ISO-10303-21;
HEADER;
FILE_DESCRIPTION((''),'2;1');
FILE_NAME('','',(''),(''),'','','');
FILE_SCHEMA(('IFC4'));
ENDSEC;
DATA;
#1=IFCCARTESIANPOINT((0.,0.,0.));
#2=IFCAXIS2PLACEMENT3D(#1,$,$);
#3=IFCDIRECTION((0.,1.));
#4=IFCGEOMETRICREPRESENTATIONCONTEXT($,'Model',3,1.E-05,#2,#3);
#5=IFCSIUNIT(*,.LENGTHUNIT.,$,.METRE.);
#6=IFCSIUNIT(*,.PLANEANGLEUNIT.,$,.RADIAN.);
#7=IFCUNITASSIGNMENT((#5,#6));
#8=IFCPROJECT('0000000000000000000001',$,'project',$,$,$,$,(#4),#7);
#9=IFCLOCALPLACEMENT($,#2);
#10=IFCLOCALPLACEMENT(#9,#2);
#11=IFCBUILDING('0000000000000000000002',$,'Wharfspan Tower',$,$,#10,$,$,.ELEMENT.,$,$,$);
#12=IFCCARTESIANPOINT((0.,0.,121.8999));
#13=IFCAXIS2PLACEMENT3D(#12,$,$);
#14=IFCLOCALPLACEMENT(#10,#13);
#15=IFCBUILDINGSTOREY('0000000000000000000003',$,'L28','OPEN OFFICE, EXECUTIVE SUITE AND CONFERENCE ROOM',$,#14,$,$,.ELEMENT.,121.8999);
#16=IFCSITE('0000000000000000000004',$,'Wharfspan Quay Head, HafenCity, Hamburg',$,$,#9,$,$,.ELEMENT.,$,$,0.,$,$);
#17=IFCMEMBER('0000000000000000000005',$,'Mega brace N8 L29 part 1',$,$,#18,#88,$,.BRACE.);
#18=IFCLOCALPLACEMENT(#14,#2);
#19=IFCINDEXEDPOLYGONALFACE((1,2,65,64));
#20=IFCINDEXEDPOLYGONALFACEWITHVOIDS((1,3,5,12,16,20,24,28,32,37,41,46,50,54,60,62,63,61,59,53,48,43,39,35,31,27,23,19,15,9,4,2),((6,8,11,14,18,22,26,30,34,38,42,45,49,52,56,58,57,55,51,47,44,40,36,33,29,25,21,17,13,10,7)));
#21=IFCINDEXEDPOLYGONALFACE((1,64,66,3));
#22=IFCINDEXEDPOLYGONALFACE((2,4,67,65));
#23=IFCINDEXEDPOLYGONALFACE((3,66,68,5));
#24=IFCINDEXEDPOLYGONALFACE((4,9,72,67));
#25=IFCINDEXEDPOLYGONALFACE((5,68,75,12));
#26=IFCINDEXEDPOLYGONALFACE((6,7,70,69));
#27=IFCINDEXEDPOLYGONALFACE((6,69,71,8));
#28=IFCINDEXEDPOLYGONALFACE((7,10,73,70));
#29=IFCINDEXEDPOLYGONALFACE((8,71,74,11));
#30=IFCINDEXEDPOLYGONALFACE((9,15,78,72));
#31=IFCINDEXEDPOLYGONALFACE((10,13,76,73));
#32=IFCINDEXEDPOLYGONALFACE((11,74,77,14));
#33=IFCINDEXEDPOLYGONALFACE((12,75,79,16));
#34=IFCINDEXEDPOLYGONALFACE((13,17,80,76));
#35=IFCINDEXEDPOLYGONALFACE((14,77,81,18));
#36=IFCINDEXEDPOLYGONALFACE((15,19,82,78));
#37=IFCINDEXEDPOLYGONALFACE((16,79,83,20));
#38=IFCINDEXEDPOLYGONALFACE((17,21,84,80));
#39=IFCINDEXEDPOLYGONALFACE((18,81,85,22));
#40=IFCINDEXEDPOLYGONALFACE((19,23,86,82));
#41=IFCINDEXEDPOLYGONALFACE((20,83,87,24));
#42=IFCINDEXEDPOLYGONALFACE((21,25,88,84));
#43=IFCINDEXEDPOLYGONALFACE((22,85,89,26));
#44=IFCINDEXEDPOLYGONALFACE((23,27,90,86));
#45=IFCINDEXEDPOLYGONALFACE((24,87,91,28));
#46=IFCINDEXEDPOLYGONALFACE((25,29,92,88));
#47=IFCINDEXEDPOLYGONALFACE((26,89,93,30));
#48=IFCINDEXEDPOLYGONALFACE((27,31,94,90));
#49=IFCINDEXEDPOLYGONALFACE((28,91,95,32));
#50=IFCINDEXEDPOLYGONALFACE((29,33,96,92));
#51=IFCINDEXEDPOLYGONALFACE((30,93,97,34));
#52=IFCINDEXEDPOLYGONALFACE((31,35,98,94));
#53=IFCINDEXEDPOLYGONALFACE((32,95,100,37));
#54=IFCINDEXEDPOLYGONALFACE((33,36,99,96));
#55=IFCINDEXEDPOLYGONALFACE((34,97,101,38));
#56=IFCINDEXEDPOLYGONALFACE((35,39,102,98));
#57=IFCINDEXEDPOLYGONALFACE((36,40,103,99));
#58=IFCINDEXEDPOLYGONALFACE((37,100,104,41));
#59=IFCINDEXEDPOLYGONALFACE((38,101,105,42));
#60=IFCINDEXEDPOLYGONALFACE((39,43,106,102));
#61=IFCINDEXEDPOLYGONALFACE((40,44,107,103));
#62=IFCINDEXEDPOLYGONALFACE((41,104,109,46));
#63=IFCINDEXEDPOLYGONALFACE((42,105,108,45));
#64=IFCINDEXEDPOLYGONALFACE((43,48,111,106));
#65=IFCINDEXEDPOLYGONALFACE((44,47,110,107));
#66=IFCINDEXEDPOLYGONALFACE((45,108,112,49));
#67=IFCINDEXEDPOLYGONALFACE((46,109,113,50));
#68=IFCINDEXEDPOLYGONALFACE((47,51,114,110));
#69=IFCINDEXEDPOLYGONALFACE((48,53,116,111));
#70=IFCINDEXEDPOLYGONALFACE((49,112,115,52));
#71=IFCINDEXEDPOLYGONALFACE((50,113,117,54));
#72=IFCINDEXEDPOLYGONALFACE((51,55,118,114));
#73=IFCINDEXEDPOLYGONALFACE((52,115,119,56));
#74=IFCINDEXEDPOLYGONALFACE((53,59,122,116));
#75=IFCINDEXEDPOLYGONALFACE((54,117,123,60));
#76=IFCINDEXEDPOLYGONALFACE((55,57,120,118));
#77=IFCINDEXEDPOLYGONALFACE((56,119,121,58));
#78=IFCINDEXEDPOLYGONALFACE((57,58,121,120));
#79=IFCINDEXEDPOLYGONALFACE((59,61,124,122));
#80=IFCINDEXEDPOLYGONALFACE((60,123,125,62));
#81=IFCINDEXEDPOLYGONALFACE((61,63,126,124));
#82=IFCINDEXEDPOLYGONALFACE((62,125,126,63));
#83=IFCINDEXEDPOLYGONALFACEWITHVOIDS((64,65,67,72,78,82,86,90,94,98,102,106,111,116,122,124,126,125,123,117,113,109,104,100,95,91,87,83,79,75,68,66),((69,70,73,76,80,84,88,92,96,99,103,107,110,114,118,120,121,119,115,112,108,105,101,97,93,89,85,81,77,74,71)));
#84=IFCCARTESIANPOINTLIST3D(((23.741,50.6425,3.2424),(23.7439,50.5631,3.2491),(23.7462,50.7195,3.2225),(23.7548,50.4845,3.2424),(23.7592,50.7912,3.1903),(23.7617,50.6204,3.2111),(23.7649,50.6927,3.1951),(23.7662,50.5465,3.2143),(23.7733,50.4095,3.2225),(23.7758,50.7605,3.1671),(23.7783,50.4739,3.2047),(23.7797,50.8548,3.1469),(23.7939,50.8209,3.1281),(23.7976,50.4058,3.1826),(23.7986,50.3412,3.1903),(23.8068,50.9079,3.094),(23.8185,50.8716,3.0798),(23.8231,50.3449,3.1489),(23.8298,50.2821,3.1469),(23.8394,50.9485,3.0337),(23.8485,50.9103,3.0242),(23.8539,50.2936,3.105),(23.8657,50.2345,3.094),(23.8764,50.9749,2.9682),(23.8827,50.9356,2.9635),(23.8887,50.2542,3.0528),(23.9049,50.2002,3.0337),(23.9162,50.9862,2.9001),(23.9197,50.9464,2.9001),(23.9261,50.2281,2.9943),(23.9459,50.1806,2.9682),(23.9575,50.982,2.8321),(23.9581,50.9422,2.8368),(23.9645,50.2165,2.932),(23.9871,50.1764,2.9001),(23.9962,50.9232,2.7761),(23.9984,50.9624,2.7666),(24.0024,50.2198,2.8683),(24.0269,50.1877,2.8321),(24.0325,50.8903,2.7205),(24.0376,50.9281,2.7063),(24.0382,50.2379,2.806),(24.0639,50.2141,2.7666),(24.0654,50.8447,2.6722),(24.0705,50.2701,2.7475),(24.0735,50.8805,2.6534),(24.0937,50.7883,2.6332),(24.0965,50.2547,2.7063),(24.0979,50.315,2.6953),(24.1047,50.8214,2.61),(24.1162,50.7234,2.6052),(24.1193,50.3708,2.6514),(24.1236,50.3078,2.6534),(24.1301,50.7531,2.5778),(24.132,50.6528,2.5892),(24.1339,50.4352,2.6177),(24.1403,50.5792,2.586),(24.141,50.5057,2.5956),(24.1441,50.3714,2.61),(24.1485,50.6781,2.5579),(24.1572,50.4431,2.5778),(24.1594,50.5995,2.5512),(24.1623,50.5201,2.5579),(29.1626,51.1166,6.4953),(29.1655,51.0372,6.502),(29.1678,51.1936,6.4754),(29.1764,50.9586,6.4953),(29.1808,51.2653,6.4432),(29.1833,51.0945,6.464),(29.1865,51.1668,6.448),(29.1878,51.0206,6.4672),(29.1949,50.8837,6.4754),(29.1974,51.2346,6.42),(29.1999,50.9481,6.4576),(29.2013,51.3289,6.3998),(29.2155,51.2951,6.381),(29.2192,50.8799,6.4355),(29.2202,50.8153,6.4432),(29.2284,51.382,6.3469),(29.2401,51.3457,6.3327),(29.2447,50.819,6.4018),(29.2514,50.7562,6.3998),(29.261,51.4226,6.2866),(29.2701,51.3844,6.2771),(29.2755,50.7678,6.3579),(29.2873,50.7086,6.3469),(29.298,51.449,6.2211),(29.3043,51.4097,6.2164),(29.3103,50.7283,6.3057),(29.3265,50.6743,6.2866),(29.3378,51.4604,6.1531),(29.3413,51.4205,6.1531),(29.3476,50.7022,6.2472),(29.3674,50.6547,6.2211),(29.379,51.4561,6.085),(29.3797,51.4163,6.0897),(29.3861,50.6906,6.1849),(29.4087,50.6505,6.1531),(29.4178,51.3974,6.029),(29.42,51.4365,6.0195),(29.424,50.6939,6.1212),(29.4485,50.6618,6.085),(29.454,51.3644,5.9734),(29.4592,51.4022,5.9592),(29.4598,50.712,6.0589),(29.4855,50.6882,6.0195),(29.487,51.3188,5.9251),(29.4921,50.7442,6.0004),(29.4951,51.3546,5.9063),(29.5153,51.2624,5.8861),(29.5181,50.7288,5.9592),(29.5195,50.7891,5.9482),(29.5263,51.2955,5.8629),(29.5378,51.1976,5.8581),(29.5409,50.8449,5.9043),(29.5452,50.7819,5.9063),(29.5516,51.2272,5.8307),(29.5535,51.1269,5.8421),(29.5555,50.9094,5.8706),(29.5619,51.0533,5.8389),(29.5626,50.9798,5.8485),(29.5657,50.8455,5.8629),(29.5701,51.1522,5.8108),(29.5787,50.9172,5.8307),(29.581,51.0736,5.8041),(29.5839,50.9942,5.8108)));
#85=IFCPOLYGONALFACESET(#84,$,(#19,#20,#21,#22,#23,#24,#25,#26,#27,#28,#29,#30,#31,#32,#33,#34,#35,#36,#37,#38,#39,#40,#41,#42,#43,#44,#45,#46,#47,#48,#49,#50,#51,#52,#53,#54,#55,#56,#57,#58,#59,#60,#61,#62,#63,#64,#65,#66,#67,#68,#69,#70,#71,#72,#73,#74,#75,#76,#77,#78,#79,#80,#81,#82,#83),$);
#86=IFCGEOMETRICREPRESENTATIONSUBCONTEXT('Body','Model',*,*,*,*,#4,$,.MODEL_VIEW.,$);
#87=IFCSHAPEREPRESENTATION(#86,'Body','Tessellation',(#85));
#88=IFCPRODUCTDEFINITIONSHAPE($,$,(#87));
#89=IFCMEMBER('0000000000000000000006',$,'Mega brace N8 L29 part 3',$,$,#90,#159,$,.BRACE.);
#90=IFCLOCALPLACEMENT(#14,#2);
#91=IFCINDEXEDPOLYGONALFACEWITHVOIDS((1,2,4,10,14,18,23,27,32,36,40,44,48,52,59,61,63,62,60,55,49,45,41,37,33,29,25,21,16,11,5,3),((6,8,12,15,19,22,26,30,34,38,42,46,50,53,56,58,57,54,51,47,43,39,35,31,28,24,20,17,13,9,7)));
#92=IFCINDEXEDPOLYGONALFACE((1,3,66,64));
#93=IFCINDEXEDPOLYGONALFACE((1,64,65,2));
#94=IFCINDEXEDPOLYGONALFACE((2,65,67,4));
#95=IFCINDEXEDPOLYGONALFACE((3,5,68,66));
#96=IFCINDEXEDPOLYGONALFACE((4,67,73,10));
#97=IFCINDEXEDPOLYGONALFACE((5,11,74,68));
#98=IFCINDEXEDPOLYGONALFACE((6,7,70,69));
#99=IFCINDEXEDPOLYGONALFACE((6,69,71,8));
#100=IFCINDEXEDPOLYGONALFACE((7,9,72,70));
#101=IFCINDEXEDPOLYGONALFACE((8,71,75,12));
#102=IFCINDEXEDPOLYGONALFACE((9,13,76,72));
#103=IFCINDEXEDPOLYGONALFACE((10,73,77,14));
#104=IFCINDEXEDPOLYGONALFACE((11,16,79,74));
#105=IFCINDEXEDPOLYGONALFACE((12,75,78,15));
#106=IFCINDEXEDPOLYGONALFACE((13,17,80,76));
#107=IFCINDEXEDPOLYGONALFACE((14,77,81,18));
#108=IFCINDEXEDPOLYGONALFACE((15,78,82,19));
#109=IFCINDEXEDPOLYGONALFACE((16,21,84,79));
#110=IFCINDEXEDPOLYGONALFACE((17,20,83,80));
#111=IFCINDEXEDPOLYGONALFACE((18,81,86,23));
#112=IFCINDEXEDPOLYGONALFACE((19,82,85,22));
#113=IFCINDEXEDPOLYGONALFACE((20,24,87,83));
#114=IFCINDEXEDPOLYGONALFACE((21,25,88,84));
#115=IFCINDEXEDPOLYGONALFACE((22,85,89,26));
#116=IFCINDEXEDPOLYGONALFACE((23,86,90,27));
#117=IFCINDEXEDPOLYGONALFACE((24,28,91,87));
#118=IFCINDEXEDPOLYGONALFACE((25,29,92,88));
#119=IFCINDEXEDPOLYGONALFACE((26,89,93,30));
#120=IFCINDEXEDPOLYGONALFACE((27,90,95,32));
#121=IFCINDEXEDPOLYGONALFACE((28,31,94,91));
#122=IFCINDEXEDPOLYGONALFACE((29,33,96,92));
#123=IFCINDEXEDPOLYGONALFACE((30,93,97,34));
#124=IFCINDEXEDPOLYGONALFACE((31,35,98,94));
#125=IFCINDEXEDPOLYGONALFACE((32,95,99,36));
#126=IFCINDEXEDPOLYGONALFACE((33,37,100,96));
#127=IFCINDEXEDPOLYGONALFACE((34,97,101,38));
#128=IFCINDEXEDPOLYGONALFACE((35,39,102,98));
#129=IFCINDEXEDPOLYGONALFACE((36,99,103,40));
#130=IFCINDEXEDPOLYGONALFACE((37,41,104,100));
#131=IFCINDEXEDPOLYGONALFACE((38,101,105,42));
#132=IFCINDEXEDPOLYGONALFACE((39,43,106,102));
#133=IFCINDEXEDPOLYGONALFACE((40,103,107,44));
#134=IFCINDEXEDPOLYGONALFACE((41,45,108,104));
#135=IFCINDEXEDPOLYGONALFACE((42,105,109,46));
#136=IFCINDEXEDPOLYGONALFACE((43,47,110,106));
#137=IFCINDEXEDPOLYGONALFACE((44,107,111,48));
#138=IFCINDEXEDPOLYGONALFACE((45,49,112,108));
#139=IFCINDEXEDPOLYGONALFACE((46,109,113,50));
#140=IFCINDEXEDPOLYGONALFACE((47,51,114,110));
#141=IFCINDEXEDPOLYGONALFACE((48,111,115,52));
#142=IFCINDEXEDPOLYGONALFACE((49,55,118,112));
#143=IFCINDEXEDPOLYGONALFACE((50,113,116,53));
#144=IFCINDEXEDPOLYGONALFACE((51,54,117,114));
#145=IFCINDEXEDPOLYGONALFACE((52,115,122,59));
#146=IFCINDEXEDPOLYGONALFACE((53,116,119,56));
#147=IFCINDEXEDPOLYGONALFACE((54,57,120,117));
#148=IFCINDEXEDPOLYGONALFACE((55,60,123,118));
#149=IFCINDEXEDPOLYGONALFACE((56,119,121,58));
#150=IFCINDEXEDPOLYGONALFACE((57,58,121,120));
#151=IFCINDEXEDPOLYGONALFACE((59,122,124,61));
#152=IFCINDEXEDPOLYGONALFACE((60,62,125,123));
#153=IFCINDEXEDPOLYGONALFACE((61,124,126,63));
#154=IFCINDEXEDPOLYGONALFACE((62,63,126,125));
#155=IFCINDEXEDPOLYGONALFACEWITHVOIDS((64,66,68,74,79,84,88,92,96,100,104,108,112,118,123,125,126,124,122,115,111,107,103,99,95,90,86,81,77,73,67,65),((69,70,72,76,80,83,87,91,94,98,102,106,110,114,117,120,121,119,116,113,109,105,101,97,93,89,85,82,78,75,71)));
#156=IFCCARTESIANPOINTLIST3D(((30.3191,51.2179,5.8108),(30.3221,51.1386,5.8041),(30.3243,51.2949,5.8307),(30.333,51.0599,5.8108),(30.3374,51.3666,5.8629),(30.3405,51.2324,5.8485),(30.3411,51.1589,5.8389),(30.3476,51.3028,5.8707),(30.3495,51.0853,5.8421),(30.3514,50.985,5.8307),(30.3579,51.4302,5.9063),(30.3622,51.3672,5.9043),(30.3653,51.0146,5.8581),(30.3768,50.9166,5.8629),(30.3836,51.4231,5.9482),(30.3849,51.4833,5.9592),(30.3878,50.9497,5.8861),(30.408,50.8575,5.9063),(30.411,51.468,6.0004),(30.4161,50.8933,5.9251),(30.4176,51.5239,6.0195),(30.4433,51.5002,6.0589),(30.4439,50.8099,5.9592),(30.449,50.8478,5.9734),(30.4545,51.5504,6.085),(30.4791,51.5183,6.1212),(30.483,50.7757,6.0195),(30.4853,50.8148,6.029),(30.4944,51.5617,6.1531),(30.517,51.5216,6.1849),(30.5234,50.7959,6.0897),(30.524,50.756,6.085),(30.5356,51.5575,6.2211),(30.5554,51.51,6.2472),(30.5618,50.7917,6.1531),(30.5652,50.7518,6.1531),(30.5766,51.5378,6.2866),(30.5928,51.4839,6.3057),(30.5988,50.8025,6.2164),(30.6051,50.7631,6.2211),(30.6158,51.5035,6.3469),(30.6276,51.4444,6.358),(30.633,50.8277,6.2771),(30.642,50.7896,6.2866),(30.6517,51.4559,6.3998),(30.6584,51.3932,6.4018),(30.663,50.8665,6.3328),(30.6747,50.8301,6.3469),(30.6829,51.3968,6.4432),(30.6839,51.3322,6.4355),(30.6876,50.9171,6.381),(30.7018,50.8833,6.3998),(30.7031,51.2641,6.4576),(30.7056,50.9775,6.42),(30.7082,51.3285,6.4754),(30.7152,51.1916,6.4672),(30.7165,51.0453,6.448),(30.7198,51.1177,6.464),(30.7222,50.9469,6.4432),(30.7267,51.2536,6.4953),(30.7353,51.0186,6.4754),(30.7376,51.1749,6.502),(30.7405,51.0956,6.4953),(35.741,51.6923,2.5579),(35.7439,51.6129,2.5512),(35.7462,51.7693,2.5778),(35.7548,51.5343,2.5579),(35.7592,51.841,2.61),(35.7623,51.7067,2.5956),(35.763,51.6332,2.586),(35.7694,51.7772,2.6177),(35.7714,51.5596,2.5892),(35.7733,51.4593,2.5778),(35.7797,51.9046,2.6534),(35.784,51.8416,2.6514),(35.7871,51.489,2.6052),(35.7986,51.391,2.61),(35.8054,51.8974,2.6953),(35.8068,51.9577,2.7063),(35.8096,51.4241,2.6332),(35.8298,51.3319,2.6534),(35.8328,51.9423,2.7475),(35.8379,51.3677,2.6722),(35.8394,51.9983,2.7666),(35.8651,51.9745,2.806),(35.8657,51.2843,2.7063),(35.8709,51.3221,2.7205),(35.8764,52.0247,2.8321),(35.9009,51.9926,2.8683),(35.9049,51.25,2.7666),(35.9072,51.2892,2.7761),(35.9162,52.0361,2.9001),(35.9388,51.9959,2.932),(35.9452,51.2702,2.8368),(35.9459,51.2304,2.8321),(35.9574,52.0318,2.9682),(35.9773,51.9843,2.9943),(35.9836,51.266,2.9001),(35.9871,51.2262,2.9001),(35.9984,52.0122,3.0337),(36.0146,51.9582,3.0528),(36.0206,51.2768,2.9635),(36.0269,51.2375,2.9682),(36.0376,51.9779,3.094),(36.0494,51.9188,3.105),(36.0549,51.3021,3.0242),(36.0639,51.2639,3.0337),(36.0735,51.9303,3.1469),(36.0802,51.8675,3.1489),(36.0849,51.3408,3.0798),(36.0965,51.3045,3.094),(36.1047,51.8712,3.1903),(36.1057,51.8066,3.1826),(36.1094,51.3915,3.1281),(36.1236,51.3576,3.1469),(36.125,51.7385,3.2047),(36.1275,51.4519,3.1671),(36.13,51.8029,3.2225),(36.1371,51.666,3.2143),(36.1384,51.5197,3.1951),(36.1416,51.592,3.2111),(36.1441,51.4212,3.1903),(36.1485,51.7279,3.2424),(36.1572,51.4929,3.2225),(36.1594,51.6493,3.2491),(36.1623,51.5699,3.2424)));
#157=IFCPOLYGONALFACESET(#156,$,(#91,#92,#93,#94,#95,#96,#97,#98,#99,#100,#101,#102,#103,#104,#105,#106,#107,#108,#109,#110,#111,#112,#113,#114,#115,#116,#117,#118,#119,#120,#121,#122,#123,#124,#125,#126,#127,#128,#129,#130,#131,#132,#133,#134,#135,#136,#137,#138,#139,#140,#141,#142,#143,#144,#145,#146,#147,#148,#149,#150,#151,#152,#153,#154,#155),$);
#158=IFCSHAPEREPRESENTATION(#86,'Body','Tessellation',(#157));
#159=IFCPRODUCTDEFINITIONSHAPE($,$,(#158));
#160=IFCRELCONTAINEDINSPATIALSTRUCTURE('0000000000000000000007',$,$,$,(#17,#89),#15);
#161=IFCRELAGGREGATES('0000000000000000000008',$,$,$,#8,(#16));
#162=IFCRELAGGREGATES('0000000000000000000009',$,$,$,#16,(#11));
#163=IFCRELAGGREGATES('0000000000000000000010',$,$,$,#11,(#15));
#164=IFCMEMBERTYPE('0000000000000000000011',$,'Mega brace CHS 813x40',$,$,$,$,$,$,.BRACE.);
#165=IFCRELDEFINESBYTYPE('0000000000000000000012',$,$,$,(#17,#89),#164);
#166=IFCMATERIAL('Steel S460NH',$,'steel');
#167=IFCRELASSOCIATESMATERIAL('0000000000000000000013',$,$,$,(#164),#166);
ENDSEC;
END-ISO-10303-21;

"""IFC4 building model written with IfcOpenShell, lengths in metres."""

from ifc_helpers import new_model, si_unit, direction, frame, origin, origin_2d, place, context, subcontext, project, spatial, hollow_circle, extrude, material, material_profile, profile_set, type_object, element, save


model = new_model("IFC4")

# Units and contexts
model_context = context("Model", 3, precision=1e-05, world=origin(), true_north=direction((0.0, 1.0)))
body_context = subcontext(model_context, "Body", "Model", "MODEL_VIEW")
ifc_project = project(units=[si_unit("LENGTHUNIT", "METRE"), si_unit("PLANEANGLEUNIT", "RADIAN")], contexts=[model_context])

# Site, building, storey
site_placement = place(None, origin())
site = spatial("IfcSite", under=ifc_project, at=site_placement, Name="Wharfspan Quay Head, HafenCity, Hamburg", CompositionType="ELEMENT", RefElevation=0.0)
building_placement = place(site_placement, origin())
building = spatial("IfcBuilding", under=site, at=building_placement, Name="Wharfspan Tower", CompositionType="ELEMENT")
storey_placement = place(building_placement, frame((0.0, 0.0, 121.8999)))
storey = spatial("IfcBuildingStorey", under=building, at=storey_placement, Name="L28", Description="OPEN OFFICE, EXECUTIVE SUITE AND CONFERENCE ROOM", CompositionType="ELEMENT", Elevation=121.8999)

# Members
ifc_material_1 = material(Name="Steel S460NH", Category="steel")
ifc_material_profile_1 = material_profile(ifc_material_1, hollow_circle(Radius=0.4065, WallThickness=0.04, at=origin_2d()))
ifc_profile_set_1 = profile_set([ifc_material_profile_1], Name="Steel S460NH")
member_type = type_object("IfcMemberType", Name="Mega brace CHS 813x40", PredefinedType="BRACE", material=ifc_profile_set_1)
member_1_placement = place(storey_placement, frame((23.9517, 50.5813, 2.9001), z_axis=(0.855096, 0.074778, 0.51305), x_axis=(-0.087117, 0.996194, 0.0)))
element("IfcMember", 1, at=member_1_placement, inside=storey, type_object=member_type, Name="Mega brace N8 L29 part 1", PredefinedType="BRACE", context=body_context, shape_type="SweptSolid", body=[
    extrude(hollow_circle(Radius=0.4065, WallThickness=0.04, at=origin_2d()), origin(), (0.0, 0.0, 1.0), 6.3403),
])
member_2_placement = place(storey_placement, frame((35.9517, 51.6311, 2.9001), z_axis=(-0.855103, -0.074814, 0.513031), x_axis=(0.087159, -0.996196, 0.000001)))
element("IfcMember", 2, at=member_2_placement, inside=storey, type_object=member_type, Name="Mega brace N8 L29 part 3", PredefinedType="BRACE", context=body_context, shape_type="SweptSolid", body=[
    extrude(hollow_circle(Radius=0.4065, WallThickness=0.04, at=origin_2d()), origin(), (0.0, 0.0, 1.0), 6.3406),
])

save(model, "model.ifc")
